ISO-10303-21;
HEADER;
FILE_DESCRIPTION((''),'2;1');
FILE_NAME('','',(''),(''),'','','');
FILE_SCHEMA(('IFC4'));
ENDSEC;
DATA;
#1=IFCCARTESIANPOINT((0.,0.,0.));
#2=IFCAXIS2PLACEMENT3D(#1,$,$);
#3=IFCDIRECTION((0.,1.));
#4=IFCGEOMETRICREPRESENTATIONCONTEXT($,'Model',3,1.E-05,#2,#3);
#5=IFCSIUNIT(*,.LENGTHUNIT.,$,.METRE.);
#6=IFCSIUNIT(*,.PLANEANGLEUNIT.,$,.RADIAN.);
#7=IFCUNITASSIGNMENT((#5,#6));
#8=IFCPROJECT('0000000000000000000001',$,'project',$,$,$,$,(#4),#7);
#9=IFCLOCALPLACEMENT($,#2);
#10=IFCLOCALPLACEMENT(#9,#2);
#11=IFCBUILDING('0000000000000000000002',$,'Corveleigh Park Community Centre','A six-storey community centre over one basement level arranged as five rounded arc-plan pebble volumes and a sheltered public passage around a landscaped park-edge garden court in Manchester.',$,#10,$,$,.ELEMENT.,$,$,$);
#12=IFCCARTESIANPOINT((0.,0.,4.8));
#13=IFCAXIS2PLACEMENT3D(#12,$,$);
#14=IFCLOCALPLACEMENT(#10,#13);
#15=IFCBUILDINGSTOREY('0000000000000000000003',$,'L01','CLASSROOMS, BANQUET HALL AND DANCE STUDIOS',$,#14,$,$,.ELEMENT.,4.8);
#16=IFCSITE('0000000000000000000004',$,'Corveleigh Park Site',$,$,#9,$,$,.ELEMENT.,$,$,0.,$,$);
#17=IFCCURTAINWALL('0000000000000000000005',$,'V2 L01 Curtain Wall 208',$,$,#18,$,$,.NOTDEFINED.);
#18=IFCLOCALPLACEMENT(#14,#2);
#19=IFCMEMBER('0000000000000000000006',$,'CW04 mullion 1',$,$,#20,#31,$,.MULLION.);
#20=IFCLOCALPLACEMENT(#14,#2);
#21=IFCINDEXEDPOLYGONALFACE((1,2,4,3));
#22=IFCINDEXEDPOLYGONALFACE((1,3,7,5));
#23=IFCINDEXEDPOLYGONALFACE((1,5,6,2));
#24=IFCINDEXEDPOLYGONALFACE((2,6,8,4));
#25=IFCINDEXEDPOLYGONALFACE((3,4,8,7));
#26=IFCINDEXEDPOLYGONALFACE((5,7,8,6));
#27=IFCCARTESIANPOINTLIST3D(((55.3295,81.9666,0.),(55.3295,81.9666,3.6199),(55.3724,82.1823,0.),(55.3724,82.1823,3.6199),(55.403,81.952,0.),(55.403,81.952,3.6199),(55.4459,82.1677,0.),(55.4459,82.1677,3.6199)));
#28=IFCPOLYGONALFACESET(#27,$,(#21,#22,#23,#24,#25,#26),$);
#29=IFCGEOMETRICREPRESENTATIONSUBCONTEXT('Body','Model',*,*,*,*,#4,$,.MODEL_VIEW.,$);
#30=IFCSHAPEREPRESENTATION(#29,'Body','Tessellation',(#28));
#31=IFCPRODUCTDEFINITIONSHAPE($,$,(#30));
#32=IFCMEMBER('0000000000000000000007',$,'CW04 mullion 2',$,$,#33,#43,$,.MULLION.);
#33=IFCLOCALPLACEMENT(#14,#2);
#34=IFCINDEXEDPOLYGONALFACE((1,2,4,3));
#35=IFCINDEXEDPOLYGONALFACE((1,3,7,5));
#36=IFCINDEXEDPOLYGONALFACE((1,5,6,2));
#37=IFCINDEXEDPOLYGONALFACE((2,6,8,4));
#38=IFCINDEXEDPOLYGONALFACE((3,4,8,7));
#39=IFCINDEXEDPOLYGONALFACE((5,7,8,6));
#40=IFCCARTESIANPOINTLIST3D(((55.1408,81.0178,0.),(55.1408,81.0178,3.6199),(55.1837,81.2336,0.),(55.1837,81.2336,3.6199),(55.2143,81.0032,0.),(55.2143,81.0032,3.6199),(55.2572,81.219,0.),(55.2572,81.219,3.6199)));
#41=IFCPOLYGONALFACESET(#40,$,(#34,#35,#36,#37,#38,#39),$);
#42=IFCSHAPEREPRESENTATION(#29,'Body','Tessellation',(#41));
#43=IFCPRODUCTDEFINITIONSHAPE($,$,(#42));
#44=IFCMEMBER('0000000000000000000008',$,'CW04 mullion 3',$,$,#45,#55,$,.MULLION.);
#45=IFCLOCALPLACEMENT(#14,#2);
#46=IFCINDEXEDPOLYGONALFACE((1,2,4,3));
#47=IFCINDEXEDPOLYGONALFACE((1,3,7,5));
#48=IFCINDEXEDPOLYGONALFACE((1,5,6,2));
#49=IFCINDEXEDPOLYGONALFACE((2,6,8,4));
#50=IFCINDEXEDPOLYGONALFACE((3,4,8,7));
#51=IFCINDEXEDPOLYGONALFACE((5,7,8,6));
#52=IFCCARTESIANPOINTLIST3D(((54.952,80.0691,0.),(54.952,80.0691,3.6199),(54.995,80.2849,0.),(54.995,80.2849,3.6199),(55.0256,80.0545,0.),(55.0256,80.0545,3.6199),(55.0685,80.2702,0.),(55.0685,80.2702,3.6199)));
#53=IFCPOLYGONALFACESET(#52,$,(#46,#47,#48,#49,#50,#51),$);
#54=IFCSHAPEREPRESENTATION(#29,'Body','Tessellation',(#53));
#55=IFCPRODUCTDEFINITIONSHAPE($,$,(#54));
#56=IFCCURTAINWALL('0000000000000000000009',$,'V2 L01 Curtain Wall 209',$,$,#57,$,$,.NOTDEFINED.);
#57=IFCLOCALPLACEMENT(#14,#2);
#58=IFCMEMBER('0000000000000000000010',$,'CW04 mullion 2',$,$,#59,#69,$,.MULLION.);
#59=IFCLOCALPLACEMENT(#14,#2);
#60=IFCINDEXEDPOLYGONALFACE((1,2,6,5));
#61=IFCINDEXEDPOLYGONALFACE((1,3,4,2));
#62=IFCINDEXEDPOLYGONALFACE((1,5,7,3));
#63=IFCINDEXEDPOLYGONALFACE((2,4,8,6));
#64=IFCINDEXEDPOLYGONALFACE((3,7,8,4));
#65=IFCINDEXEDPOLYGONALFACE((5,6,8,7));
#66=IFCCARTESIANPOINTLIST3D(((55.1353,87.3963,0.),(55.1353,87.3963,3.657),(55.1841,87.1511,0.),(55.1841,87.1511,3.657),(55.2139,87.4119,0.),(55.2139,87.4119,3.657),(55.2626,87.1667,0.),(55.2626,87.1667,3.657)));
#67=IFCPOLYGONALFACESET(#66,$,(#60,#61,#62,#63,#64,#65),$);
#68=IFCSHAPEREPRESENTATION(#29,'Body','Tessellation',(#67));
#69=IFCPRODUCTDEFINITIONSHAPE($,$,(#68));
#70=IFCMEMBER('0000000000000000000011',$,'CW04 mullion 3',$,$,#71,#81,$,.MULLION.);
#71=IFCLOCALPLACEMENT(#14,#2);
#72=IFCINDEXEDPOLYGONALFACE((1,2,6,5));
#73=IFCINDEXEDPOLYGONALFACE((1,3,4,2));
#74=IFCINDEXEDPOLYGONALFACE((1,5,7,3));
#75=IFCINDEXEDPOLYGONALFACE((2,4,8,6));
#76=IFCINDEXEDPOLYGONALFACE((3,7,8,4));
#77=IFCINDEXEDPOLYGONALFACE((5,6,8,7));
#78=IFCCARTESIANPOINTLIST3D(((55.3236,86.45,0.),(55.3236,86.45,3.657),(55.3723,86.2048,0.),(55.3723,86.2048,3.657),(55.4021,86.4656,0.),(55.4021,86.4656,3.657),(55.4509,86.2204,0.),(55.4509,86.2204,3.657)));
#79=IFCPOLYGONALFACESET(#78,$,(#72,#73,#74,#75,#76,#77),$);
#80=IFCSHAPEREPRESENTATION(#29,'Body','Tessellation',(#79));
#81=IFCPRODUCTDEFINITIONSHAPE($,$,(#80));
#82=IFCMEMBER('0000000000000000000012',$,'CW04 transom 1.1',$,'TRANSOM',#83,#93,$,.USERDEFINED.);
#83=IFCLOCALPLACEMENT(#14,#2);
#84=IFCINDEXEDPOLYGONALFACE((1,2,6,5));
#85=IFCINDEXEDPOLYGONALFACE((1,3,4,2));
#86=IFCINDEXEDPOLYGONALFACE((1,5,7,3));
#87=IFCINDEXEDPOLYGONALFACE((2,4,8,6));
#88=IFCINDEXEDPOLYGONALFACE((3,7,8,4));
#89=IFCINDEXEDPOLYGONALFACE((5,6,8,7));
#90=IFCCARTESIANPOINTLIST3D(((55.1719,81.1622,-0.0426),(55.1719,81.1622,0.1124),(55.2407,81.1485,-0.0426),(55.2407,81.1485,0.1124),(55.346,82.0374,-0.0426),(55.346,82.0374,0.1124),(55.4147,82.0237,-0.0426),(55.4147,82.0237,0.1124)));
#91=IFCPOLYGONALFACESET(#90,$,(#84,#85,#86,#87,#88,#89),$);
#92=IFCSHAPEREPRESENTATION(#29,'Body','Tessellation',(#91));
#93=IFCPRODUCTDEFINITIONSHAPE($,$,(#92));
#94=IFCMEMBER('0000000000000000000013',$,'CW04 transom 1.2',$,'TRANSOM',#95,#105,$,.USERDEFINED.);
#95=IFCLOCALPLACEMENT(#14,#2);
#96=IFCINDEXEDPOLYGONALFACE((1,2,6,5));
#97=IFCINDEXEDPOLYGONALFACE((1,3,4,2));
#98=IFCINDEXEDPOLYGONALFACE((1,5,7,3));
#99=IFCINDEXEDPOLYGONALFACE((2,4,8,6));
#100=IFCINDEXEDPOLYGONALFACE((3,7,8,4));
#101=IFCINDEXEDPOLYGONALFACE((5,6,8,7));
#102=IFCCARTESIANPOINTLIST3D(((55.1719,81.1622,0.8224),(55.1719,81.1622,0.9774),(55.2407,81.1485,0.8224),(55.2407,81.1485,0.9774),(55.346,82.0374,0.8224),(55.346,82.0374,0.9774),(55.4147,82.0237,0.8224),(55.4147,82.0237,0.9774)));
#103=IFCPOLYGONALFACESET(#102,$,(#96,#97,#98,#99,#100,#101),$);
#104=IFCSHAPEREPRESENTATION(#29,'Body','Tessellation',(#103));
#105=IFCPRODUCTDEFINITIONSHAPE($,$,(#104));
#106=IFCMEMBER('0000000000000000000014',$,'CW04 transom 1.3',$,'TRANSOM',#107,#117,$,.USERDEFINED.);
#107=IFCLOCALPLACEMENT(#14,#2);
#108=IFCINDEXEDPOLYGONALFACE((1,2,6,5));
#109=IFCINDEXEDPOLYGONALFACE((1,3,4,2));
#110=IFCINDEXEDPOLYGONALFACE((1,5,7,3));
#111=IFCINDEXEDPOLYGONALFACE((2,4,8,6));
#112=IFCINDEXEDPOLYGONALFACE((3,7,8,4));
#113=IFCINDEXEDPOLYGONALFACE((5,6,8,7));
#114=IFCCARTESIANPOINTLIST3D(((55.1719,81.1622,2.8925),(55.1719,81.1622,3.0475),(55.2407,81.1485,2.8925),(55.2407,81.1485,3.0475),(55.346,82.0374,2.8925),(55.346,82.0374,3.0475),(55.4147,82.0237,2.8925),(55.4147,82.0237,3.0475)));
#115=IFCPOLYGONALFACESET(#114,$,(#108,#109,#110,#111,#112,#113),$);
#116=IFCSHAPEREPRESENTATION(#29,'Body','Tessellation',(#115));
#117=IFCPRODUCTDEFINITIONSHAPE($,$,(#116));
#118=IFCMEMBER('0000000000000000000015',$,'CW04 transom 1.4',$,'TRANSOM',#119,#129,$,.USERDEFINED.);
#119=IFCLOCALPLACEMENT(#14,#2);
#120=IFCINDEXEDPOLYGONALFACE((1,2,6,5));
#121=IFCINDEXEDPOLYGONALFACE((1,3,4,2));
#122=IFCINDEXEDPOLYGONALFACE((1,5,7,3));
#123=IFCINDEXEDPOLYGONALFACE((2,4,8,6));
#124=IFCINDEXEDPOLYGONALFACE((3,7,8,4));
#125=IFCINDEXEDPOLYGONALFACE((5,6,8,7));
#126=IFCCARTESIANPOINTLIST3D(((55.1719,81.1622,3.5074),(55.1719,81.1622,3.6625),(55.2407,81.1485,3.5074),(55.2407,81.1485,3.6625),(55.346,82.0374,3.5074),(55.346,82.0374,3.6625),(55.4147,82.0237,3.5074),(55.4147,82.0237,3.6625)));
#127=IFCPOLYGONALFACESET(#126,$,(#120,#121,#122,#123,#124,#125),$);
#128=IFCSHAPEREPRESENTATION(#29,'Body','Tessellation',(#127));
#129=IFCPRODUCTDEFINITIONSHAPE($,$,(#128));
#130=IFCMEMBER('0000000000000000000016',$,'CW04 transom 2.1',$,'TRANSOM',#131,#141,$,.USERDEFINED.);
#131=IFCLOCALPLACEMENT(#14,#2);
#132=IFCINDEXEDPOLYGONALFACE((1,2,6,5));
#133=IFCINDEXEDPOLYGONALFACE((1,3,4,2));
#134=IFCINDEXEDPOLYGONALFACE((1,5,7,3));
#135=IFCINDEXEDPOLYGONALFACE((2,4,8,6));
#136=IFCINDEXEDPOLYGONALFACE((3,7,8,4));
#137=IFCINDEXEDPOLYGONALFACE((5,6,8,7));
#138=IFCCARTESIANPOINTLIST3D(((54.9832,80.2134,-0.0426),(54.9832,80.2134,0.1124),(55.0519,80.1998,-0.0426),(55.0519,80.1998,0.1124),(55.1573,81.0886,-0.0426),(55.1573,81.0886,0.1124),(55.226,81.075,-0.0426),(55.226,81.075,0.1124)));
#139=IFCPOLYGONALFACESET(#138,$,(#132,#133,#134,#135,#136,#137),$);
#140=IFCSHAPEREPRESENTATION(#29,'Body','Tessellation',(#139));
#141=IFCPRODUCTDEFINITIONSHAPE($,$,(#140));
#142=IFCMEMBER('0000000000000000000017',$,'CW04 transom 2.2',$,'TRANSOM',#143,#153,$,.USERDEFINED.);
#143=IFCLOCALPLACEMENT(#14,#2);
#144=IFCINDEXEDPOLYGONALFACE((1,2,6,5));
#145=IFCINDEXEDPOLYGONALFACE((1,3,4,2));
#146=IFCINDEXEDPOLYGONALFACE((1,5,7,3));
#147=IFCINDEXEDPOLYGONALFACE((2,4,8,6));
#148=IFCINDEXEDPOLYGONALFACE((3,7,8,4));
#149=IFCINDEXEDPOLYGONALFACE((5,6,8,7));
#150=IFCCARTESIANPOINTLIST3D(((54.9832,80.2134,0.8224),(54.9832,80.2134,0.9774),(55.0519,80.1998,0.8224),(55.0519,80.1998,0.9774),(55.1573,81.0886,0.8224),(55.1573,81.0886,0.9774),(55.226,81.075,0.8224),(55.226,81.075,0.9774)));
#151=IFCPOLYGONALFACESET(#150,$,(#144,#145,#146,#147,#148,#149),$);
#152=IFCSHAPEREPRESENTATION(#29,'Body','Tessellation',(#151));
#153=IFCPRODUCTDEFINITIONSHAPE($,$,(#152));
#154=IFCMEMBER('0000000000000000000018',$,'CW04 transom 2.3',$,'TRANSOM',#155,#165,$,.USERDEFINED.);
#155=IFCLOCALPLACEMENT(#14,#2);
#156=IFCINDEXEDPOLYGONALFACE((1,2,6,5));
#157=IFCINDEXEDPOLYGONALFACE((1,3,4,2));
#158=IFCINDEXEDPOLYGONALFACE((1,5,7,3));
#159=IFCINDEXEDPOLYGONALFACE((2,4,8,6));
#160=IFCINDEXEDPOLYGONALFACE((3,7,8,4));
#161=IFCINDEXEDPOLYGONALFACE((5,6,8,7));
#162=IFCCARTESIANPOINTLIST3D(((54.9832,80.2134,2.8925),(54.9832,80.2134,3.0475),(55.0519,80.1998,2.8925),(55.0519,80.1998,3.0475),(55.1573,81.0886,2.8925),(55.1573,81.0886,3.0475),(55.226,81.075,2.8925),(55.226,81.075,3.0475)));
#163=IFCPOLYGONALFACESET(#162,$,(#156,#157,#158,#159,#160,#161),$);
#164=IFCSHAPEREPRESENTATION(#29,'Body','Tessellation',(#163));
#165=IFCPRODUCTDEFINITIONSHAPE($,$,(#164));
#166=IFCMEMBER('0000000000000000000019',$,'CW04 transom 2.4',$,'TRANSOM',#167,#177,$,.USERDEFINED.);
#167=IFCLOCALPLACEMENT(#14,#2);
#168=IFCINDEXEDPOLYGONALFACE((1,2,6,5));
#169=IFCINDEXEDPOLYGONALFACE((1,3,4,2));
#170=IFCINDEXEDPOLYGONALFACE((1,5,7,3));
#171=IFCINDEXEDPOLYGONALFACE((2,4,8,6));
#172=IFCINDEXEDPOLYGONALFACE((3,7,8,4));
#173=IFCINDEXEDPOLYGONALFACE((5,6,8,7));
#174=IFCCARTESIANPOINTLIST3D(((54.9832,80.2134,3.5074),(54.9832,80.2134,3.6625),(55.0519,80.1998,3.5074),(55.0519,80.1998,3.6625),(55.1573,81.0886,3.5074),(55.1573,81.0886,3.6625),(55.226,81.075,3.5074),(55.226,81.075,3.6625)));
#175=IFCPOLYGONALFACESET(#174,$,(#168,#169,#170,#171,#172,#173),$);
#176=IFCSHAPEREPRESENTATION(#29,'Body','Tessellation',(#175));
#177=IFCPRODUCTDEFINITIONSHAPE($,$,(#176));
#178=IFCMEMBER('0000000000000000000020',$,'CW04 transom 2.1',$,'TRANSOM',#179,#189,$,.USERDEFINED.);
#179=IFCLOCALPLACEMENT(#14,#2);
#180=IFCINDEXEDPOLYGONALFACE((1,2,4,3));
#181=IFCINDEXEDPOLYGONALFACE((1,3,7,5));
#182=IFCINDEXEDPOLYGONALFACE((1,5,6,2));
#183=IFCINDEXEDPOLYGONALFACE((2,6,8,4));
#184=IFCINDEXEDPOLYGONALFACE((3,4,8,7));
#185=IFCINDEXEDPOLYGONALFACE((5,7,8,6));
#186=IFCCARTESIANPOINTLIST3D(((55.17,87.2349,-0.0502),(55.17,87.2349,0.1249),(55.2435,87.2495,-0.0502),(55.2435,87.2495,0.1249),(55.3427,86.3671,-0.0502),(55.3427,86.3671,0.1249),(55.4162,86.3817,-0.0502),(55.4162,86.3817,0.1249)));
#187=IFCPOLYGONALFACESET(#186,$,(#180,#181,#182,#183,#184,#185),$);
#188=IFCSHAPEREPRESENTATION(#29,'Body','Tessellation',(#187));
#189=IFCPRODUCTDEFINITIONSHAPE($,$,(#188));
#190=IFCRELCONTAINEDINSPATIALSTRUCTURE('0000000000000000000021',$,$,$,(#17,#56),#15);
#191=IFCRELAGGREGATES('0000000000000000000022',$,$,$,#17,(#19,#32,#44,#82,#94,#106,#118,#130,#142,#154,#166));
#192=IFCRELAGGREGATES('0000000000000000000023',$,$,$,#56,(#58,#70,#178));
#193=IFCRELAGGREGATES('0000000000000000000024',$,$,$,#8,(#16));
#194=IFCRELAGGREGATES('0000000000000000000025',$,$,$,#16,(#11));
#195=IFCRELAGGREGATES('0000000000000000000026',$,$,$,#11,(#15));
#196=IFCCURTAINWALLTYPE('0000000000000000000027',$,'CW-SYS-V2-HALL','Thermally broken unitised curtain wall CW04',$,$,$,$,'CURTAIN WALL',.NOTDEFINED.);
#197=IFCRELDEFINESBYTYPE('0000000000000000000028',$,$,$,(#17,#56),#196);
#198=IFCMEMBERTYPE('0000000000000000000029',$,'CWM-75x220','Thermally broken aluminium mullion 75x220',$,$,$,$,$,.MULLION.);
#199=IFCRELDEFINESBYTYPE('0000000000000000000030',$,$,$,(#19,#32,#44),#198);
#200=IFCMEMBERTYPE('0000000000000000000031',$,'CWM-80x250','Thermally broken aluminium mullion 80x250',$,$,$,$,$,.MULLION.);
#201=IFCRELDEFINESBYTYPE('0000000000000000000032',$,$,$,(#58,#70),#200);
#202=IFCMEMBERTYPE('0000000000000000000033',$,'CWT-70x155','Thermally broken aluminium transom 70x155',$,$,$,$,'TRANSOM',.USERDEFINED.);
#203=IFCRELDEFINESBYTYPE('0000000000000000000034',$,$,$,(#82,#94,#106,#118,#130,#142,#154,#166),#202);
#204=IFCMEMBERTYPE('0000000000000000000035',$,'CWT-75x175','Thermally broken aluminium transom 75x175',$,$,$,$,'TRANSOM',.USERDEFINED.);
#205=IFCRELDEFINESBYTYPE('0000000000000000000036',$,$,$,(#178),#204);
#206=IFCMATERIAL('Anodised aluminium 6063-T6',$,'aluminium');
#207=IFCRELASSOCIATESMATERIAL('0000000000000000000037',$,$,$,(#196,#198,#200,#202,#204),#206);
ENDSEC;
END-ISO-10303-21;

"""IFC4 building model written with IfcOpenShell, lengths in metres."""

from ifc_helpers import new_model, si_unit, direction, frame, origin, origin_2d, place, context, subcontext, project, spatial, rectangle, extrude, material, material_profile, profile_set, type_object, element, aggregate, save


model = new_model("IFC4")

# Units and contexts
model_context = context("Model", 3, precision=1e-05, world=origin(), true_north=direction((0.0, 1.0)))
body_context = subcontext(model_context, "Body", "Model", "MODEL_VIEW")
ifc_project = project(units=[si_unit("LENGTHUNIT", "METRE"), si_unit("PLANEANGLEUNIT", "RADIAN")], contexts=[model_context])

# Site, building, storey
site_placement = place(None, origin())
site = spatial("IfcSite", under=ifc_project, at=site_placement, Name="Corveleigh Park Site", CompositionType="ELEMENT", RefElevation=0.0)
building_placement = place(site_placement, origin())
building = spatial("IfcBuilding", under=site, at=building_placement, Name="Corveleigh Park Community Centre", Description="A six-storey community centre over one basement level arranged as five rounded arc-plan pebble volumes and a sheltered public passage around a landscaped park-edge garden court in Manchester.", CompositionType="ELEMENT")
storey_placement = place(building_placement, frame((0.0, 0.0, 4.8)))
storey = spatial("IfcBuildingStorey", under=building, at=storey_placement, Name="L01", Description="CLASSROOMS, BANQUET HALL AND DANCE STUDIOS", CompositionType="ELEMENT", Elevation=4.8)

# Curtain walls, members
ifc_material_1 = material(Name="Anodised aluminium 6063-T6", Category="aluminium")
curtain_wall_type = type_object("IfcCurtainWallType", Name="CW-SYS-V2-HALL", Description="Thermally broken unitised curtain wall CW04", ElementType="CURTAIN WALL", PredefinedType="NOTDEFINED", material=ifc_material_1)
curtain_wall_1_placement = place(storey_placement, origin())
curtain_wall_1 = element("IfcCurtainWall", 1, at=curtain_wall_1_placement, inside=storey, type_object=curtain_wall_type, Name="V2 L01 Curtain Wall 208", PredefinedType="NOTDEFINED")
ifc_material_profile_1 = material_profile(ifc_material_1, rectangle(XDim=0.075, YDim=0.22, at=origin_2d()), Name="ALU-M75x220", Category="aluminium")
ifc_profile_set_1 = profile_set([ifc_material_profile_1], Name="Anodised aluminium 6063-T6")
member_type_1 = type_object("IfcMemberType", Name="CWM-75x220", Description="Thermally broken aluminium mullion 75x220", PredefinedType="MULLION", material=ifc_profile_set_1)
member_1_placement = place(storey_placement, frame((55.3877, 82.0671, 0.0), z_axis=(0.0, 0.0, 1.0), x_axis=(0.980791, -0.195063, 0.0)))
member_1 = element("IfcMember", 2, at=member_1_placement, type_object=member_type_1, Name="CW04 mullion 1", PredefinedType="MULLION", context=body_context, shape_type="SweptSolid", body=[
    extrude(rectangle(XDim=0.075, YDim=0.22, at=origin_2d()), origin(), (0.0, 0.0, 1.0), 3.6199),
])
member_2_placement = place(storey_placement, frame((55.199, 81.1184, 0.0), z_axis=(0.0, 0.0, 1.0), x_axis=(0.980791, -0.195063, 0.0)))
member_2 = element("IfcMember", 3, at=member_2_placement, type_object=member_type_1, Name="CW04 mullion 2", PredefinedType="MULLION", context=body_context, shape_type="SweptSolid", body=[
    extrude(rectangle(XDim=0.075, YDim=0.22, at=origin_2d()), origin(), (0.0, 0.0, 1.0), 3.6199),
])
member_3_placement = place(storey_placement, frame((55.0103, 80.1697, 0.0), z_axis=(0.0, 0.0, 1.0), x_axis=(0.980791, -0.195063, 0.0)))
member_3 = element("IfcMember", 4, at=member_3_placement, type_object=member_type_1, Name="CW04 mullion 3", PredefinedType="MULLION", context=body_context, shape_type="SweptSolid", body=[
    extrude(rectangle(XDim=0.075, YDim=0.22, at=origin_2d()), origin(), (0.0, 0.0, 1.0), 3.6199),
])
curtain_wall_2_placement = place(storey_placement, origin())
curtain_wall_2 = element("IfcCurtainWall", 5, at=curtain_wall_2_placement, inside=storey, type_object=curtain_wall_type, Name="V2 L01 Curtain Wall 209", PredefinedType="NOTDEFINED")
ifc_material_profile_2 = material_profile(ifc_material_1, rectangle(XDim=0.0801, YDim=0.25, at=origin_2d()), Name="ALU-M80x250", Category="aluminium")
ifc_profile_set_2 = profile_set([ifc_material_profile_2], Name="Anodised aluminium 6063-T6")
member_type_2 = type_object("IfcMemberType", Name="CWM-80x250", Description="Thermally broken aluminium mullion 80x250", PredefinedType="MULLION", material=ifc_profile_set_2)
member_4_placement = place(storey_placement, frame((55.199, 87.2815, 0.0), z_axis=(0.0, 0.0, 1.0), x_axis=(0.980791, 0.195063, 0.0)))
member_4 = element("IfcMember", 6, at=member_4_placement, type_object=member_type_2, Name="CW04 mullion 2", PredefinedType="MULLION", context=body_context, shape_type="SweptSolid", body=[
    extrude(rectangle(XDim=0.0801, YDim=0.25, at=origin_2d()), origin(), (0.0, 0.0, 1.0), 3.657),
])
member_5_placement = place(storey_placement, frame((55.3872, 86.3352, 0.0), z_axis=(0.0, 0.0, 1.0), x_axis=(0.980791, 0.195063, 0.0)))
member_5 = element("IfcMember", 7, at=member_5_placement, type_object=member_type_2, Name="CW04 mullion 3", PredefinedType="MULLION", context=body_context, shape_type="SweptSolid", body=[
    extrude(rectangle(XDim=0.0801, YDim=0.25, at=origin_2d()), origin(), (0.0, 0.0, 1.0), 3.657),
])

# Members
ifc_material_profile_3 = material_profile(ifc_material_1, rectangle(XDim=0.0701, YDim=0.155, at=origin_2d()), Name="ALU-T70x155", Category="aluminium")
ifc_profile_set_3 = profile_set([ifc_material_profile_3], Name="Anodised aluminium 6063-T6")
member_type_3 = type_object("IfcMemberType", Name="CWT-70x155", Description="Thermally broken aluminium transom 70x155", ElementType="TRANSOM", PredefinedType="USERDEFINED", material=ifc_profile_set_3)
member_6_placement = place(storey_placement, frame((55.3804, 82.0305, 0.0349), z_axis=(-0.195064, -0.980791, 0.0), x_axis=(0.980791, -0.195064, 0.0)))
member_6 = element("IfcMember", 8, at=member_6_placement, type_object=member_type_3, Name="CW04 transom 1.1", ObjectType="TRANSOM", PredefinedType="USERDEFINED", context=body_context, shape_type="SweptSolid", body=[
    extrude(rectangle(XDim=0.0701, YDim=0.155, at=origin_2d()), origin(), (0.0, 0.0, 1.0), 0.8923),
])
member_7_placement = place(storey_placement, frame((55.3804, 82.0305, 0.8999), z_axis=(-0.195064, -0.980791, 0.0), x_axis=(0.980791, -0.195064, 0.0)))
member_7 = element("IfcMember", 9, at=member_7_placement, type_object=member_type_3, Name="CW04 transom 1.2", ObjectType="TRANSOM", PredefinedType="USERDEFINED", context=body_context, shape_type="SweptSolid", body=[
    extrude(rectangle(XDim=0.0701, YDim=0.155, at=origin_2d()), origin(), (0.0, 0.0, 1.0), 0.8923),
])
member_8_placement = place(storey_placement, frame((55.3804, 82.0305, 2.97), z_axis=(-0.195064, -0.980791, 0.0), x_axis=(0.980791, -0.195064, 0.0)))
member_8 = element("IfcMember", 10, at=member_8_placement, type_object=member_type_3, Name="CW04 transom 1.3", ObjectType="TRANSOM", PredefinedType="USERDEFINED", context=body_context, shape_type="SweptSolid", body=[
    extrude(rectangle(XDim=0.0701, YDim=0.155, at=origin_2d()), origin(), (0.0, 0.0, 1.0), 0.8923),
])
member_9_placement = place(storey_placement, frame((55.3804, 82.0305, 3.585), z_axis=(-0.195064, -0.980791, 0.0), x_axis=(0.980791, -0.195064, 0.0)))
member_9 = element("IfcMember", 11, at=member_9_placement, type_object=member_type_3, Name="CW04 transom 1.4", ObjectType="TRANSOM", PredefinedType="USERDEFINED", context=body_context, shape_type="SweptSolid", body=[
    extrude(rectangle(XDim=0.0701, YDim=0.155, at=origin_2d()), origin(), (0.0, 0.0, 1.0), 0.8923),
])
member_10_placement = place(storey_placement, frame((55.1917, 81.0818, 0.0349), z_axis=(-0.195064, -0.980791, 0.0), x_axis=(0.980791, -0.195064, 0.0)))
member_10 = element("IfcMember", 12, at=member_10_placement, type_object=member_type_3, Name="CW04 transom 2.1", ObjectType="TRANSOM", PredefinedType="USERDEFINED", context=body_context, shape_type="SweptSolid", body=[
    extrude(rectangle(XDim=0.0701, YDim=0.155, at=origin_2d()), origin(), (0.0, 0.0, 1.0), 0.8923),
])
member_11_placement = place(storey_placement, frame((55.1917, 81.0818, 0.8999), z_axis=(-0.195064, -0.980791, 0.0), x_axis=(0.980791, -0.195064, 0.0)))
member_11 = element("IfcMember", 13, at=member_11_placement, type_object=member_type_3, Name="CW04 transom 2.2", ObjectType="TRANSOM", PredefinedType="USERDEFINED", context=body_context, shape_type="SweptSolid", body=[
    extrude(rectangle(XDim=0.0701, YDim=0.155, at=origin_2d()), origin(), (0.0, 0.0, 1.0), 0.8923),
])
member_12_placement = place(storey_placement, frame((55.1917, 81.0818, 2.97), z_axis=(-0.195064, -0.980791, 0.0), x_axis=(0.980791, -0.195064, 0.0)))
member_12 = element("IfcMember", 14, at=member_12_placement, type_object=member_type_3, Name="CW04 transom 2.3", ObjectType="TRANSOM", PredefinedType="USERDEFINED", context=body_context, shape_type="SweptSolid", body=[
    extrude(rectangle(XDim=0.0701, YDim=0.155, at=origin_2d()), origin(), (0.0, 0.0, 1.0), 0.8923),
])
member_13_placement = place(storey_placement, frame((55.1917, 81.0818, 3.585), z_axis=(-0.195064, -0.980791, 0.0), x_axis=(0.980791, -0.195064, 0.0)))
member_13 = element("IfcMember", 15, at=member_13_placement, type_object=member_type_3, Name="CW04 transom 2.4", ObjectType="TRANSOM", PredefinedType="USERDEFINED", context=body_context, shape_type="SweptSolid", body=[
    extrude(rectangle(XDim=0.0701, YDim=0.155, at=origin_2d()), origin(), (0.0, 0.0, 1.0), 0.8923),
])
ifc_material_profile_4 = material_profile(ifc_material_1, rectangle(XDim=0.075, YDim=0.175, at=origin_2d()), Name="ALU-T75x175", Category="aluminium")
ifc_profile_set_4 = profile_set([ifc_material_profile_4], Name="Anodised aluminium 6063-T6")
member_type_4 = type_object("IfcMemberType", Name="CWT-75x175", Description="Thermally broken aluminium transom 75x175", ElementType="TRANSOM", PredefinedType="USERDEFINED", material=ifc_profile_set_4)
member_14_placement = place(storey_placement, frame((55.2068, 87.2422, 0.0374), z_axis=(0.195108, -0.980782, 0.0), x_axis=(0.980782, 0.195108, 0.0)))
member_14 = element("IfcMember", 16, at=member_14_placement, type_object=member_type_4, Name="CW04 transom 2.1", ObjectType="TRANSOM", PredefinedType="USERDEFINED", context=body_context, shape_type="SweptSolid", body=[
    extrude(rectangle(XDim=0.075, YDim=0.175, at=origin_2d()), origin(), (0.0, 0.0, 1.0), 0.8848),
])

aggregate(curtain_wall_1, [member_1, member_2, member_3, member_6, member_7, member_8, member_9, member_10, member_11, member_12, member_13])
aggregate(curtain_wall_2, [member_4, member_5, member_14])

save(model, "model.ifc")
